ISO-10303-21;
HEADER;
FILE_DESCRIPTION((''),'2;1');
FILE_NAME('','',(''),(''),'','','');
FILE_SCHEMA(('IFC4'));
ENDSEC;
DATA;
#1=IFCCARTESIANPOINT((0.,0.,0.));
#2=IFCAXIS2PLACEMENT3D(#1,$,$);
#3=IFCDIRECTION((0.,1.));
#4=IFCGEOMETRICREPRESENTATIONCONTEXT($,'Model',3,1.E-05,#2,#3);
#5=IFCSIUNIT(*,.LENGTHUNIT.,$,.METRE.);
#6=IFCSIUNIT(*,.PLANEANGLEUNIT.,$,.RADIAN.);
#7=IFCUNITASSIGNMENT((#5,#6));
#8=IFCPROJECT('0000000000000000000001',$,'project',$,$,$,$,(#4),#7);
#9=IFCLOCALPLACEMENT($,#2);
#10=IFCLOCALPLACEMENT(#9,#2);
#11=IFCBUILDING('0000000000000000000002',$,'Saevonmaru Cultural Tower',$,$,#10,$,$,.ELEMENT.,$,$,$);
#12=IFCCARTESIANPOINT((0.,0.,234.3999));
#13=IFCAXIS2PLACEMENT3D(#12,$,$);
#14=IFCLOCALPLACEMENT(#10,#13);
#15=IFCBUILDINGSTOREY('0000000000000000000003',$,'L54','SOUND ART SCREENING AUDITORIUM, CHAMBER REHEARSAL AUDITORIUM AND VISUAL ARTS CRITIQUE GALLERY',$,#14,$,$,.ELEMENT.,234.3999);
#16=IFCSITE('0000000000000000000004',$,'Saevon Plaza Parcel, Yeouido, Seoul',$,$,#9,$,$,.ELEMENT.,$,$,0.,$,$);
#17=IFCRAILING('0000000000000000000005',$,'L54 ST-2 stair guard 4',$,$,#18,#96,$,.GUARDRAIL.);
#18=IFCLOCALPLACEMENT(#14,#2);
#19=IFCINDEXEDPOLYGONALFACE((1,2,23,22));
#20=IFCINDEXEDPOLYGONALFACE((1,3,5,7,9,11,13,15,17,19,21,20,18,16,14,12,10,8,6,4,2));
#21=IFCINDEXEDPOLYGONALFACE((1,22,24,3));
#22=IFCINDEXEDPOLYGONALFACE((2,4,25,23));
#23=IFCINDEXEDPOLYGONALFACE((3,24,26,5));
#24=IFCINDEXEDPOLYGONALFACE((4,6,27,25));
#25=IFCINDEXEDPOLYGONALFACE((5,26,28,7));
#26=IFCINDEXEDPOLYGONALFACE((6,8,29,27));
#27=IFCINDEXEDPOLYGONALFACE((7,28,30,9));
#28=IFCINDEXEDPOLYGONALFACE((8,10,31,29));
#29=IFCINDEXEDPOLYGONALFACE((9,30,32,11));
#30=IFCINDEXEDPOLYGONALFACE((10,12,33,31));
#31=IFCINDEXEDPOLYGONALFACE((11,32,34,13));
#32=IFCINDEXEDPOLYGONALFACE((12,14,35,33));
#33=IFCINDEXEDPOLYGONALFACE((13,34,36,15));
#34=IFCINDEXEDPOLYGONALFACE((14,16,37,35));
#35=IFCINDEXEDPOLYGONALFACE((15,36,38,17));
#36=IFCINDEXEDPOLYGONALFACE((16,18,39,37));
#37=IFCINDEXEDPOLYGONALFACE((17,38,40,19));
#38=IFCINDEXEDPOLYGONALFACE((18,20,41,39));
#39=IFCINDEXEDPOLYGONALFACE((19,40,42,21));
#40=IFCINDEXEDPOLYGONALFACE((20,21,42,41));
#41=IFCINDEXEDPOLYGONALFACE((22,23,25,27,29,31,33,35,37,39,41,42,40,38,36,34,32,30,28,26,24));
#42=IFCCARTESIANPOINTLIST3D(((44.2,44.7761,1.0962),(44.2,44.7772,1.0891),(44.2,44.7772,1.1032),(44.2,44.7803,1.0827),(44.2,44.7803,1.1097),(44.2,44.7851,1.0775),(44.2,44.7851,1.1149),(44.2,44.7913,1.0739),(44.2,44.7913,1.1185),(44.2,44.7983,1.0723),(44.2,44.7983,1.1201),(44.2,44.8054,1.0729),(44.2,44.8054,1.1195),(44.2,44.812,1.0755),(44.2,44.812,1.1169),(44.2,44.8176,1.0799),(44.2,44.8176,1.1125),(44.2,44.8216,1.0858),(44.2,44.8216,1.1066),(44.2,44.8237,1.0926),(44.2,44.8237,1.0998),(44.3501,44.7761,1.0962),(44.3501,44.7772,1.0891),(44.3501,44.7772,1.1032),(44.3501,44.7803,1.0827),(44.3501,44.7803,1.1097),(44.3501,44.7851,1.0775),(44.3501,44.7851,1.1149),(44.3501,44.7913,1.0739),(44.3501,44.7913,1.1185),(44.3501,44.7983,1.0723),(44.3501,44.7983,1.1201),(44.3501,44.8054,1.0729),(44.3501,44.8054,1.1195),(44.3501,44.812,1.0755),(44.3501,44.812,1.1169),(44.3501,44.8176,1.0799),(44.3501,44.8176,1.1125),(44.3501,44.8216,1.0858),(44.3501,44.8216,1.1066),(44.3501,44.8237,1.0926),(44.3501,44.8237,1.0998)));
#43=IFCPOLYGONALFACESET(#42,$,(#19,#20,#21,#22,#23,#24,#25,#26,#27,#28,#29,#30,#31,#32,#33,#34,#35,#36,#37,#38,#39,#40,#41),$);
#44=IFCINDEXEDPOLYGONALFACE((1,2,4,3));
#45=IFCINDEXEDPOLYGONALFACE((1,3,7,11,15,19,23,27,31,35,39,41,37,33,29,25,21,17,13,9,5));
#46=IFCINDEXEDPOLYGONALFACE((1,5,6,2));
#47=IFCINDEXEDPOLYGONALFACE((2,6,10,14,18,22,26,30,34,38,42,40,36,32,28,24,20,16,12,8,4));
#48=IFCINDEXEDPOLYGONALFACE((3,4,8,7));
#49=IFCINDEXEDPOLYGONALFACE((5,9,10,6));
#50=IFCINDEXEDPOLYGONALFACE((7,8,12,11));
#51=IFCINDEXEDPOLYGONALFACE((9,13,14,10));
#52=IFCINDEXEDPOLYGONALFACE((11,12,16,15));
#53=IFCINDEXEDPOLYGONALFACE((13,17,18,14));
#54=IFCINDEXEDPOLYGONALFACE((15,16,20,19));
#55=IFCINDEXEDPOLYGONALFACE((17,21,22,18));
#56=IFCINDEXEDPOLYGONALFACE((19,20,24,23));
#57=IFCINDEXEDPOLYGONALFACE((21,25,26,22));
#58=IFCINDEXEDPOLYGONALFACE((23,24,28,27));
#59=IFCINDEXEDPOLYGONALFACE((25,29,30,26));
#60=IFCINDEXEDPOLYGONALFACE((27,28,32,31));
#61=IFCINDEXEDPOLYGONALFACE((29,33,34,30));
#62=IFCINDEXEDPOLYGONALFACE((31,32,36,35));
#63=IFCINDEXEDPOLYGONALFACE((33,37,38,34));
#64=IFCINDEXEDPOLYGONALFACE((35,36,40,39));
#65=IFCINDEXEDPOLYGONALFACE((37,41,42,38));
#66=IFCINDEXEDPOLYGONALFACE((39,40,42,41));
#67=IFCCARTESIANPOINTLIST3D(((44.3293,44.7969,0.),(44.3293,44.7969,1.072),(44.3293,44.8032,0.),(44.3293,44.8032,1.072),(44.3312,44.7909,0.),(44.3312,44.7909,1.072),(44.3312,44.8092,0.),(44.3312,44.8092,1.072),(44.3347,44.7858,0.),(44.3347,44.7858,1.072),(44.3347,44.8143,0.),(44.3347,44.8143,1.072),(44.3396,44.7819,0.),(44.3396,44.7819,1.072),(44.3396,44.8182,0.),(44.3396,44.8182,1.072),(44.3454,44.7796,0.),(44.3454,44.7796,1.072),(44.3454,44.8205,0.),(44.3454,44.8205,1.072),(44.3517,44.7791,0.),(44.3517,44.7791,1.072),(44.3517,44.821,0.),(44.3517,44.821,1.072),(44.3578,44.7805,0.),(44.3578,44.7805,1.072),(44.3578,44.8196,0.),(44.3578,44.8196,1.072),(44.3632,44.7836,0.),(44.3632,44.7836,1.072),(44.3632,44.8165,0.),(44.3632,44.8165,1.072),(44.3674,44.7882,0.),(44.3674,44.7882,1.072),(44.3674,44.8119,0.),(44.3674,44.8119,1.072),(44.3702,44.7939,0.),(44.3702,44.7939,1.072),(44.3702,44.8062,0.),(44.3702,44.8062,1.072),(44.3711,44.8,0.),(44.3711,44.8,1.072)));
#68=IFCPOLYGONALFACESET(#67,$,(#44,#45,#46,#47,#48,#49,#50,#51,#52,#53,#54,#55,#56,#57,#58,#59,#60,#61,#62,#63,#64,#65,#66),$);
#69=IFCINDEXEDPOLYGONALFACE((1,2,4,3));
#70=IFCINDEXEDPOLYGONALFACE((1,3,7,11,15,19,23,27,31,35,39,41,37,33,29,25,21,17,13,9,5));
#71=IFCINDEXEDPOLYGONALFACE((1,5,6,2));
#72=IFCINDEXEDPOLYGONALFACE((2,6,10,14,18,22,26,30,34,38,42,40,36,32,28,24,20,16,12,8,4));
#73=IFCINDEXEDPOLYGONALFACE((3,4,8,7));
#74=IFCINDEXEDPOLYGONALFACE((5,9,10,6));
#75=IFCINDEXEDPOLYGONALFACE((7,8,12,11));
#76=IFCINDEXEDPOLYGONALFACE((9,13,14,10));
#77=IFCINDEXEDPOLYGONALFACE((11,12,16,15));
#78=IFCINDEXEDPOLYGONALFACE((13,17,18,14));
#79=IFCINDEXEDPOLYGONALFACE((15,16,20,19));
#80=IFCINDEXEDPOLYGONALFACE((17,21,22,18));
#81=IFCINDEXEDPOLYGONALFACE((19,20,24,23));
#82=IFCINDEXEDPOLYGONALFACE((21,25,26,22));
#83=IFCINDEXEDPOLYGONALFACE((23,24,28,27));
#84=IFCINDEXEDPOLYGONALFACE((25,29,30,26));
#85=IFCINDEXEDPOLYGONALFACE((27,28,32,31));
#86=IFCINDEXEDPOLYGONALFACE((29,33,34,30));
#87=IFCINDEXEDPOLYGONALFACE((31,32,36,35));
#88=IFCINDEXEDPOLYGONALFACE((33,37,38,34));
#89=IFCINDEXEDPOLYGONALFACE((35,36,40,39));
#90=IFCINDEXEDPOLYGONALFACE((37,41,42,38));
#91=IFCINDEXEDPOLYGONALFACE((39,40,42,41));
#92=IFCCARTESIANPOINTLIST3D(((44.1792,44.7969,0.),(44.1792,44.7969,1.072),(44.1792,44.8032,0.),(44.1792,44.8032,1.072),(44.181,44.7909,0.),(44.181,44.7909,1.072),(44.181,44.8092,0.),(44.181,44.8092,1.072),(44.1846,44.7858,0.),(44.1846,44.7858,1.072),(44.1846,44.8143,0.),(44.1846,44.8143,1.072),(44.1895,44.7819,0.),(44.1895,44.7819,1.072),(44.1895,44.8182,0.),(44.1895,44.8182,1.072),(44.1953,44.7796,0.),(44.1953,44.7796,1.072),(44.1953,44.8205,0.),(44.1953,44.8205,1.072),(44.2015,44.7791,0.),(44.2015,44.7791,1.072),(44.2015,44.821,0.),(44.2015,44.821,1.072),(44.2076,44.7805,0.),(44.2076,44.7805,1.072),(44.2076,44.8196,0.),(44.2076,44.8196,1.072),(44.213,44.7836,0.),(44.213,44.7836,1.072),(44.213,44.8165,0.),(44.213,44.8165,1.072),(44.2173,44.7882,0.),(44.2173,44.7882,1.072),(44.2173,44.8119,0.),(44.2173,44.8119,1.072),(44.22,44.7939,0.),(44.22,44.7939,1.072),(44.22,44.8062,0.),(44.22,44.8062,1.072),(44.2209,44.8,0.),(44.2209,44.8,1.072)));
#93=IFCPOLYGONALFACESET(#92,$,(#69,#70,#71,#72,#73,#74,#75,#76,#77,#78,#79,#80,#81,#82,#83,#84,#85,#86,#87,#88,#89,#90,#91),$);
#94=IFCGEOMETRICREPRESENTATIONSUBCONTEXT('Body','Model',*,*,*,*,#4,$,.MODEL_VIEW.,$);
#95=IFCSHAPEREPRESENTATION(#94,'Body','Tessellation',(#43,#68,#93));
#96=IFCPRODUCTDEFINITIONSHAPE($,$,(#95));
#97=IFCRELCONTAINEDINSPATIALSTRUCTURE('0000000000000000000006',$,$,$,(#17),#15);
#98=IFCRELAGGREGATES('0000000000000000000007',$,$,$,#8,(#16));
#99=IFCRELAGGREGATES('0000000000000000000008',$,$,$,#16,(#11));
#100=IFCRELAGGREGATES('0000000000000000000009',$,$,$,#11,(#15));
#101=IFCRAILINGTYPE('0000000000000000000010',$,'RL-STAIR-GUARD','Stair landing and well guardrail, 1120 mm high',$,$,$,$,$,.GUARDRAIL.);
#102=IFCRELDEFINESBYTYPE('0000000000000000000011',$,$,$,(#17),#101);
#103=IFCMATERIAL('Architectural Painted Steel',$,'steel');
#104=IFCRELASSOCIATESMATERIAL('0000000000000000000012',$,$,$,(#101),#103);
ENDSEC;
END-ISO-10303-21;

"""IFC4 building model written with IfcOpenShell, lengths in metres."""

from ifc_helpers import new_model, si_unit, direction, frame, origin, origin_2d, place, context, subcontext, project, spatial, circle, extrude, material, type_object, element, save


model = new_model("IFC4")

# Units and contexts
model_context = context("Model", 3, precision=1e-05, world=origin(), true_north=direction((0.0, 1.0)))
body_context = subcontext(model_context, "Body", "Model", "MODEL_VIEW")
ifc_project = project(units=[si_unit("LENGTHUNIT", "METRE"), si_unit("PLANEANGLEUNIT", "RADIAN")], contexts=[model_context])

# Site, building, storey
site_placement = place(None, origin())
site = spatial("IfcSite", under=ifc_project, at=site_placement, Name="Saevon Plaza Parcel, Yeouido, Seoul", CompositionType="ELEMENT", RefElevation=0.0)
building_placement = place(site_placement, origin())
building = spatial("IfcBuilding", under=site, at=building_placement, Name="Saevonmaru Cultural Tower", CompositionType="ELEMENT")
storey_placement = place(building_placement, frame((0.0, 0.0, 234.3999)))
storey = spatial("IfcBuildingStorey", under=building, at=storey_placement, Name="L54", Description="SOUND ART SCREENING AUDITORIUM, CHAMBER REHEARSAL AUDITORIUM AND VISUAL ARTS CRITIQUE GALLERY", CompositionType="ELEMENT", Elevation=234.3999)

# Railing
ifc_material_1 = material(Name="Architectural Painted Steel", Category="steel")
railing_type_1 = type_object("IfcRailingType", Name="RL-STAIR-GUARD", Description="Stair landing and well guardrail, 1120 mm high", PredefinedType="GUARDRAIL", material=ifc_material_1)
railing_1_placement = place(storey_placement, frame((44.3501, 44.8, 0.0)))
element("IfcRailing", 1, at=railing_1_placement, inside=storey, type_object=railing_type_1, Name="L54 ST-2 stair guard 4", PredefinedType="GUARDRAIL", context=body_context, shape_type="SweptSolid", body=[
    extrude(circle(Radius=0.0239, at=origin_2d()), frame((0.0, 0.0, 1.0962), z_axis=(-1.0, 0.0, 0.0), x_axis=(0.0, -1.0, 0.0)), (0.0, 0.0, 1.0), 0.1501),
    extrude(circle(Radius=0.021, at=origin_2d()), origin(), (0.0, 0.0, 1.0), 1.072),
    extrude(circle(Radius=0.021, at=origin_2d()), frame((-0.1501, 0.0, 0.0)), (0.0, 0.0, 1.0), 1.072),
])

save(model, "model.ifc")
